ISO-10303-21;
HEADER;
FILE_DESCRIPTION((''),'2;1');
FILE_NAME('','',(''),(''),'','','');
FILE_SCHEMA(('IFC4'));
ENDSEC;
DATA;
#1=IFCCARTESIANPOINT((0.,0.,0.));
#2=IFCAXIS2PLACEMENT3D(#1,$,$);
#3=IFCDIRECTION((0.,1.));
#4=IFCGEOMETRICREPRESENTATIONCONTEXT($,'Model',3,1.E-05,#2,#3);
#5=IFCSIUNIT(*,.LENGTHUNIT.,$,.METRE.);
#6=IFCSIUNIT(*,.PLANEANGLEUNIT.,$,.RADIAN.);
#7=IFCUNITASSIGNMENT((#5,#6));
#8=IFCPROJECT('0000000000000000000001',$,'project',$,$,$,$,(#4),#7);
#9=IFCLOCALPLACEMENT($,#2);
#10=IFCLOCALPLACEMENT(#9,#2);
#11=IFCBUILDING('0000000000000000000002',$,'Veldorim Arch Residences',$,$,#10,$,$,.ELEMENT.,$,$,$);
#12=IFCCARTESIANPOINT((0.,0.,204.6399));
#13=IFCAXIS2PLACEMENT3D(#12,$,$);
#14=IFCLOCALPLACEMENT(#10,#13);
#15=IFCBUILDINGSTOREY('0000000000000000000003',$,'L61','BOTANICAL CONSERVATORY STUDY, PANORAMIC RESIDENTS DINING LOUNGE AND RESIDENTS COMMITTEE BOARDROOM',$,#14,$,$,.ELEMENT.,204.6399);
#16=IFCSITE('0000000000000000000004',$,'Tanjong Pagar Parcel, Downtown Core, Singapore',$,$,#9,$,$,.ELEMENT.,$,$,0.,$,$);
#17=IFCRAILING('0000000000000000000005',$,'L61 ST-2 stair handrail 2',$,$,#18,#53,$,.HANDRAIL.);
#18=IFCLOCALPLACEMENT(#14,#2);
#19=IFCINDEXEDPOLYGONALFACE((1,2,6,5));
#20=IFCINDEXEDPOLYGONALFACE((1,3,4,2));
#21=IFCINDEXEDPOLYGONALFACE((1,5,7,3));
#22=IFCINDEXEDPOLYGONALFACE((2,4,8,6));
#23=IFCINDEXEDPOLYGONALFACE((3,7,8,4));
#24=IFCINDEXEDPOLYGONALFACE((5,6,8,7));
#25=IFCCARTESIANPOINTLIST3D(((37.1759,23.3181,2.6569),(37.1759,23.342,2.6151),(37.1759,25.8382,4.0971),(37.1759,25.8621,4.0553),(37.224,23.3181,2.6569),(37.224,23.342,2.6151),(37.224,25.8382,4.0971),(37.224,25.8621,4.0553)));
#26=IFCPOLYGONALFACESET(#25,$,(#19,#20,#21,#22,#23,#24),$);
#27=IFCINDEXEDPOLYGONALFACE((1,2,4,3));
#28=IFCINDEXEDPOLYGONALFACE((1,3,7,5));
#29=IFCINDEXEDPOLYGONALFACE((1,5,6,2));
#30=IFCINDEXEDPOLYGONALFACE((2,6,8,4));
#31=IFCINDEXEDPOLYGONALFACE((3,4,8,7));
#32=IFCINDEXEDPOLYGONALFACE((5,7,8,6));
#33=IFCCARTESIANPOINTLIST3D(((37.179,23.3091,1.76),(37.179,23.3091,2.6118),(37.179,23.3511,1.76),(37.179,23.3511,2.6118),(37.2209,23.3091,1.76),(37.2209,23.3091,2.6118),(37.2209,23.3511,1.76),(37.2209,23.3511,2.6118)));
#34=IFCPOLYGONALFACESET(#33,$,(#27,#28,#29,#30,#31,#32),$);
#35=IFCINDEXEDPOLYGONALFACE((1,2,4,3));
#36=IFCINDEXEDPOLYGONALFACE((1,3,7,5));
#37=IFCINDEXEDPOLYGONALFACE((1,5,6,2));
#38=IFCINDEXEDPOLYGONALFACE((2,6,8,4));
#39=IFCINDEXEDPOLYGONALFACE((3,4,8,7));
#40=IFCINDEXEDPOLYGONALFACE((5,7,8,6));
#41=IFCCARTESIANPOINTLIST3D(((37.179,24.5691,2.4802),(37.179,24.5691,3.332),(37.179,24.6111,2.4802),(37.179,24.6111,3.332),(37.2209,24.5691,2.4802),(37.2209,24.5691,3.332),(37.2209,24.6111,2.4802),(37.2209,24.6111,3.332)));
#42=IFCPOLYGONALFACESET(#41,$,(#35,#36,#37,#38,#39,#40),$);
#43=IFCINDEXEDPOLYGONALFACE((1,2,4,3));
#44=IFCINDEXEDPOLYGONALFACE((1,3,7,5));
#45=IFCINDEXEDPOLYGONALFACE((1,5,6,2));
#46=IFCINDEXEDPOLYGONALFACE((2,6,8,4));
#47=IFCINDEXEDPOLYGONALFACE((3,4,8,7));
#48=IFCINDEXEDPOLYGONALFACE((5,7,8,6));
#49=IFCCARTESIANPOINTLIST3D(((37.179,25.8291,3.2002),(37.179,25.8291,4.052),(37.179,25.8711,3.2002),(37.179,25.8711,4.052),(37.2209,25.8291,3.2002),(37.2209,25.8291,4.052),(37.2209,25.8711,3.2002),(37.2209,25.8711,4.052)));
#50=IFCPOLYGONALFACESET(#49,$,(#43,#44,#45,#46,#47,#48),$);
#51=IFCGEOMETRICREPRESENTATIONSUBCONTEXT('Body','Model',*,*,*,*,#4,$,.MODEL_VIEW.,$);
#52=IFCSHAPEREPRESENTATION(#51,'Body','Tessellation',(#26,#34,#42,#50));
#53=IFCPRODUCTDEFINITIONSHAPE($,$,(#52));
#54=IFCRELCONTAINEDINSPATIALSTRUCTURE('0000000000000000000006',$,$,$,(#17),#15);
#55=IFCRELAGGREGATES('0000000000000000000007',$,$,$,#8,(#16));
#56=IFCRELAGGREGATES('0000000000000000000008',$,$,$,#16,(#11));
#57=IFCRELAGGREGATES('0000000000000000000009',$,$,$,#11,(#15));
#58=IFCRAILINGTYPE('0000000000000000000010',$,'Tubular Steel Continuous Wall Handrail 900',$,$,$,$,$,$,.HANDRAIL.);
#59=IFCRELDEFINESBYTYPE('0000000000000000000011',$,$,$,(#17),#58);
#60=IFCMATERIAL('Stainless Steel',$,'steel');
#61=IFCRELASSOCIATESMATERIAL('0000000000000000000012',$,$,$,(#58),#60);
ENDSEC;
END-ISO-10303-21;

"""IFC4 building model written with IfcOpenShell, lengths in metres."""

from ifc_helpers import new_model, si_unit, direction, frame, origin, origin_2d, place, context, subcontext, project, spatial, rectangle, extrude, material, type_object, element, save


model = new_model("IFC4")

# Units and contexts
model_context = context("Model", 3, precision=1e-05, world=origin(), true_north=direction((0.0, 1.0)))
body_context = subcontext(model_context, "Body", "Model", "MODEL_VIEW")
ifc_project = project(units=[si_unit("LENGTHUNIT", "METRE"), si_unit("PLANEANGLEUNIT", "RADIAN")], contexts=[model_context])

# Site, building, storey
site_placement = place(None, origin())
site = spatial("IfcSite", under=ifc_project, at=site_placement, Name="Tanjong Pagar Parcel, Downtown Core, Singapore", CompositionType="ELEMENT", RefElevation=0.0)
building_placement = place(site_placement, origin())
building = spatial("IfcBuilding", under=site, at=building_placement, Name="Veldorim Arch Residences", CompositionType="ELEMENT")
storey_placement = place(building_placement, frame((0.0, 0.0, 204.6399)))
storey = spatial("IfcBuildingStorey", under=building, at=storey_placement, Name="L61", Description="BOTANICAL CONSERVATORY STUDY, PANORAMIC RESIDENTS DINING LOUNGE AND RESIDENTS COMMITTEE BOARDROOM", CompositionType="ELEMENT", Elevation=204.6399)

# Railing
ifc_material_1 = material(Name="Stainless Steel", Category="steel")
railing_type_1 = type_object("IfcRailingType", Name="Tubular Steel Continuous Wall Handrail 900", PredefinedType="HANDRAIL", material=ifc_material_1)
railing_1_placement = place(storey_placement, frame((37.2, 23.3301, 1.76)))
element("IfcRailing", 1, at=railing_1_placement, inside=storey, type_object=railing_type_1, Name="L61 ST-2 stair handrail 2", PredefinedType="HANDRAIL", context=body_context, shape_type="SweptSolid", body=[
    extrude(rectangle(XDim=0.0481, YDim=0.0481, at=origin_2d()), frame((0.0, 0.0, 0.876), z_axis=(0.0, 0.868217, 0.496184), x_axis=(-1.0, 0.0, 0.0)), (0.0, 0.0, 1.0), 2.9026),
    extrude(rectangle(XDim=0.042, YDim=0.042, at=origin_2d()), origin(), (0.0, 0.0, 1.0), 0.8518),
    extrude(rectangle(XDim=0.042, YDim=0.042, at=origin_2d()), frame((0.0, 1.26, 0.7202)), (0.0, 0.0, 1.0), 0.8518),
    extrude(rectangle(XDim=0.042, YDim=0.042, at=origin_2d()), frame((0.0, 2.52, 1.4402)), (0.0, 0.0, 1.0), 0.8518),
])

save(model, "model.ifc")
